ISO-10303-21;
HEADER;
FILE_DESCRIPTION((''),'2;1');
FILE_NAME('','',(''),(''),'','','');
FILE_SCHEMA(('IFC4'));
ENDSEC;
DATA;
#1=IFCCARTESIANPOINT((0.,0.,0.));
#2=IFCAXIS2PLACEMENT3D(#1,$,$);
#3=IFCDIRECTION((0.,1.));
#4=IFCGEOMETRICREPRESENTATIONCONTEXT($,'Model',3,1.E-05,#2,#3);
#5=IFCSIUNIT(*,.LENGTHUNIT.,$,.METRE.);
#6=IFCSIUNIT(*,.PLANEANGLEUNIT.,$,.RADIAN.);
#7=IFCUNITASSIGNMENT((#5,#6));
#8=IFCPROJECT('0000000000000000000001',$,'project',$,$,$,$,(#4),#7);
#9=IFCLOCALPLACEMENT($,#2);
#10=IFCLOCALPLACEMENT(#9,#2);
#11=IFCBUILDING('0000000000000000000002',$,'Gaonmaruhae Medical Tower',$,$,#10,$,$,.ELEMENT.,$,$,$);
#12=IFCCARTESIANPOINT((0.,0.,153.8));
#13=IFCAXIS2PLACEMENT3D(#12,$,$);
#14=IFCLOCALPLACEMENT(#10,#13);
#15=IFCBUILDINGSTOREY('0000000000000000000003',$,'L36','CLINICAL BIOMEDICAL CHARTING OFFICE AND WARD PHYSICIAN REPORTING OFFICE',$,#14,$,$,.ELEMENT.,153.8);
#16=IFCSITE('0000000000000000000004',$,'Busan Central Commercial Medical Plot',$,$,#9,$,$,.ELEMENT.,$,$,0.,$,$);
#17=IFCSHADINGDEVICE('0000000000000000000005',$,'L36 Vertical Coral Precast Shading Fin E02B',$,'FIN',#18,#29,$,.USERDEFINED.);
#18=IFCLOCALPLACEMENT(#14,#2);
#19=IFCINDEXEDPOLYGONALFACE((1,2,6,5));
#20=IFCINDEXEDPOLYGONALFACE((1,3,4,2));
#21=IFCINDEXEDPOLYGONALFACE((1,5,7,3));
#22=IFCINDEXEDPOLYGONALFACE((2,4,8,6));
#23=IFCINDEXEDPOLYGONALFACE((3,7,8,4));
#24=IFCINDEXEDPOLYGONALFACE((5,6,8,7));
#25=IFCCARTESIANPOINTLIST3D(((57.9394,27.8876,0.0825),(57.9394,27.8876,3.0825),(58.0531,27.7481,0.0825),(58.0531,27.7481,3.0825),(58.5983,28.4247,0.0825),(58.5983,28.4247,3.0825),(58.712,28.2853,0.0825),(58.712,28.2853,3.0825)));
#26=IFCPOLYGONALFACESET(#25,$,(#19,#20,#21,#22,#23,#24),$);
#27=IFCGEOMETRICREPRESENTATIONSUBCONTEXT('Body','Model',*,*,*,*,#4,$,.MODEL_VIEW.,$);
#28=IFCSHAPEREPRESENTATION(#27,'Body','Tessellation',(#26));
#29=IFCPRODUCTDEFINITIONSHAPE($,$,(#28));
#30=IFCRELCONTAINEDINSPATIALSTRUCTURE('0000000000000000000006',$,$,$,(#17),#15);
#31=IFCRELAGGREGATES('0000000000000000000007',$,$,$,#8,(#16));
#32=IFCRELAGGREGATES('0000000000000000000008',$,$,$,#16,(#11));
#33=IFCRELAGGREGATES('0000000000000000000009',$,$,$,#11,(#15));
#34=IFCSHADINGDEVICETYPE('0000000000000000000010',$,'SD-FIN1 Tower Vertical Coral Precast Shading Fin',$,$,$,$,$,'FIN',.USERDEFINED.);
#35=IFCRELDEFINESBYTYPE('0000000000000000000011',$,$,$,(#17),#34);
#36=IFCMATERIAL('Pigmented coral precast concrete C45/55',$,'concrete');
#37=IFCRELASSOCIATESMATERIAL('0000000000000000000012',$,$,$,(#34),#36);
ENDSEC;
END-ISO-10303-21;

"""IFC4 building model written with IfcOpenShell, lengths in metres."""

from ifc_helpers import new_model, si_unit, direction, frame, origin, origin_2d, place, context, subcontext, project, spatial, rectangle, extrude, material, type_object, element, save


model = new_model("IFC4")

# Units and contexts
model_context = context("Model", 3, precision=1e-05, world=origin(), true_north=direction((0.0, 1.0)))
body_context = subcontext(model_context, "Body", "Model", "MODEL_VIEW")
ifc_project = project(units=[si_unit("LENGTHUNIT", "METRE"), si_unit("PLANEANGLEUNIT", "RADIAN")], contexts=[model_context])

# Site, building, storey
site_placement = place(None, origin())
site = spatial("IfcSite", under=ifc_project, at=site_placement, Name="Busan Central Commercial Medical Plot", CompositionType="ELEMENT", RefElevation=0.0)
building_placement = place(site_placement, origin())
building = spatial("IfcBuilding", under=site, at=building_placement, Name="Gaonmaruhae Medical Tower", CompositionType="ELEMENT")
storey_placement = place(building_placement, frame((0.0, 0.0, 153.8)))
storey = spatial("IfcBuildingStorey", under=building, at=storey_placement, Name="L36", Description="CLINICAL BIOMEDICAL CHARTING OFFICE AND WARD PHYSICIAN REPORTING OFFICE", CompositionType="ELEMENT", Elevation=153.8)

# Shading device
ifc_material_1 = material(Name="Pigmented coral precast concrete C45/55", Category="concrete")
shading_device_type = type_object("IfcShadingDeviceType", Name="SD-FIN1 Tower Vertical Coral Precast Shading Fin", ElementType="FIN", PredefinedType="USERDEFINED", material=ifc_material_1)
for number, where, z_axis, x_axis, name in (
    (1, (58.3257, 28.0864, 0.0825), (0.0, 0.0, 1.0), (0.631908, -0.775044, 0.0), "L36 Vertical Coral Precast Shading Fin E02B"),
):
    element("IfcShadingDevice", number, at=place(storey_placement, frame(where, z_axis=z_axis, x_axis=x_axis)), inside=storey, type_object=shading_device_type, Name=name, ObjectType="FIN", PredefinedType="USERDEFINED", context=body_context, shape_type="SweptSolid", body=[
        extrude(rectangle(XDim=0.1799, YDim=0.8501, at=origin_2d()), origin(), (0.0, 0.0, 1.0), 3.0),
    ])

save(model, "model.ifc")
